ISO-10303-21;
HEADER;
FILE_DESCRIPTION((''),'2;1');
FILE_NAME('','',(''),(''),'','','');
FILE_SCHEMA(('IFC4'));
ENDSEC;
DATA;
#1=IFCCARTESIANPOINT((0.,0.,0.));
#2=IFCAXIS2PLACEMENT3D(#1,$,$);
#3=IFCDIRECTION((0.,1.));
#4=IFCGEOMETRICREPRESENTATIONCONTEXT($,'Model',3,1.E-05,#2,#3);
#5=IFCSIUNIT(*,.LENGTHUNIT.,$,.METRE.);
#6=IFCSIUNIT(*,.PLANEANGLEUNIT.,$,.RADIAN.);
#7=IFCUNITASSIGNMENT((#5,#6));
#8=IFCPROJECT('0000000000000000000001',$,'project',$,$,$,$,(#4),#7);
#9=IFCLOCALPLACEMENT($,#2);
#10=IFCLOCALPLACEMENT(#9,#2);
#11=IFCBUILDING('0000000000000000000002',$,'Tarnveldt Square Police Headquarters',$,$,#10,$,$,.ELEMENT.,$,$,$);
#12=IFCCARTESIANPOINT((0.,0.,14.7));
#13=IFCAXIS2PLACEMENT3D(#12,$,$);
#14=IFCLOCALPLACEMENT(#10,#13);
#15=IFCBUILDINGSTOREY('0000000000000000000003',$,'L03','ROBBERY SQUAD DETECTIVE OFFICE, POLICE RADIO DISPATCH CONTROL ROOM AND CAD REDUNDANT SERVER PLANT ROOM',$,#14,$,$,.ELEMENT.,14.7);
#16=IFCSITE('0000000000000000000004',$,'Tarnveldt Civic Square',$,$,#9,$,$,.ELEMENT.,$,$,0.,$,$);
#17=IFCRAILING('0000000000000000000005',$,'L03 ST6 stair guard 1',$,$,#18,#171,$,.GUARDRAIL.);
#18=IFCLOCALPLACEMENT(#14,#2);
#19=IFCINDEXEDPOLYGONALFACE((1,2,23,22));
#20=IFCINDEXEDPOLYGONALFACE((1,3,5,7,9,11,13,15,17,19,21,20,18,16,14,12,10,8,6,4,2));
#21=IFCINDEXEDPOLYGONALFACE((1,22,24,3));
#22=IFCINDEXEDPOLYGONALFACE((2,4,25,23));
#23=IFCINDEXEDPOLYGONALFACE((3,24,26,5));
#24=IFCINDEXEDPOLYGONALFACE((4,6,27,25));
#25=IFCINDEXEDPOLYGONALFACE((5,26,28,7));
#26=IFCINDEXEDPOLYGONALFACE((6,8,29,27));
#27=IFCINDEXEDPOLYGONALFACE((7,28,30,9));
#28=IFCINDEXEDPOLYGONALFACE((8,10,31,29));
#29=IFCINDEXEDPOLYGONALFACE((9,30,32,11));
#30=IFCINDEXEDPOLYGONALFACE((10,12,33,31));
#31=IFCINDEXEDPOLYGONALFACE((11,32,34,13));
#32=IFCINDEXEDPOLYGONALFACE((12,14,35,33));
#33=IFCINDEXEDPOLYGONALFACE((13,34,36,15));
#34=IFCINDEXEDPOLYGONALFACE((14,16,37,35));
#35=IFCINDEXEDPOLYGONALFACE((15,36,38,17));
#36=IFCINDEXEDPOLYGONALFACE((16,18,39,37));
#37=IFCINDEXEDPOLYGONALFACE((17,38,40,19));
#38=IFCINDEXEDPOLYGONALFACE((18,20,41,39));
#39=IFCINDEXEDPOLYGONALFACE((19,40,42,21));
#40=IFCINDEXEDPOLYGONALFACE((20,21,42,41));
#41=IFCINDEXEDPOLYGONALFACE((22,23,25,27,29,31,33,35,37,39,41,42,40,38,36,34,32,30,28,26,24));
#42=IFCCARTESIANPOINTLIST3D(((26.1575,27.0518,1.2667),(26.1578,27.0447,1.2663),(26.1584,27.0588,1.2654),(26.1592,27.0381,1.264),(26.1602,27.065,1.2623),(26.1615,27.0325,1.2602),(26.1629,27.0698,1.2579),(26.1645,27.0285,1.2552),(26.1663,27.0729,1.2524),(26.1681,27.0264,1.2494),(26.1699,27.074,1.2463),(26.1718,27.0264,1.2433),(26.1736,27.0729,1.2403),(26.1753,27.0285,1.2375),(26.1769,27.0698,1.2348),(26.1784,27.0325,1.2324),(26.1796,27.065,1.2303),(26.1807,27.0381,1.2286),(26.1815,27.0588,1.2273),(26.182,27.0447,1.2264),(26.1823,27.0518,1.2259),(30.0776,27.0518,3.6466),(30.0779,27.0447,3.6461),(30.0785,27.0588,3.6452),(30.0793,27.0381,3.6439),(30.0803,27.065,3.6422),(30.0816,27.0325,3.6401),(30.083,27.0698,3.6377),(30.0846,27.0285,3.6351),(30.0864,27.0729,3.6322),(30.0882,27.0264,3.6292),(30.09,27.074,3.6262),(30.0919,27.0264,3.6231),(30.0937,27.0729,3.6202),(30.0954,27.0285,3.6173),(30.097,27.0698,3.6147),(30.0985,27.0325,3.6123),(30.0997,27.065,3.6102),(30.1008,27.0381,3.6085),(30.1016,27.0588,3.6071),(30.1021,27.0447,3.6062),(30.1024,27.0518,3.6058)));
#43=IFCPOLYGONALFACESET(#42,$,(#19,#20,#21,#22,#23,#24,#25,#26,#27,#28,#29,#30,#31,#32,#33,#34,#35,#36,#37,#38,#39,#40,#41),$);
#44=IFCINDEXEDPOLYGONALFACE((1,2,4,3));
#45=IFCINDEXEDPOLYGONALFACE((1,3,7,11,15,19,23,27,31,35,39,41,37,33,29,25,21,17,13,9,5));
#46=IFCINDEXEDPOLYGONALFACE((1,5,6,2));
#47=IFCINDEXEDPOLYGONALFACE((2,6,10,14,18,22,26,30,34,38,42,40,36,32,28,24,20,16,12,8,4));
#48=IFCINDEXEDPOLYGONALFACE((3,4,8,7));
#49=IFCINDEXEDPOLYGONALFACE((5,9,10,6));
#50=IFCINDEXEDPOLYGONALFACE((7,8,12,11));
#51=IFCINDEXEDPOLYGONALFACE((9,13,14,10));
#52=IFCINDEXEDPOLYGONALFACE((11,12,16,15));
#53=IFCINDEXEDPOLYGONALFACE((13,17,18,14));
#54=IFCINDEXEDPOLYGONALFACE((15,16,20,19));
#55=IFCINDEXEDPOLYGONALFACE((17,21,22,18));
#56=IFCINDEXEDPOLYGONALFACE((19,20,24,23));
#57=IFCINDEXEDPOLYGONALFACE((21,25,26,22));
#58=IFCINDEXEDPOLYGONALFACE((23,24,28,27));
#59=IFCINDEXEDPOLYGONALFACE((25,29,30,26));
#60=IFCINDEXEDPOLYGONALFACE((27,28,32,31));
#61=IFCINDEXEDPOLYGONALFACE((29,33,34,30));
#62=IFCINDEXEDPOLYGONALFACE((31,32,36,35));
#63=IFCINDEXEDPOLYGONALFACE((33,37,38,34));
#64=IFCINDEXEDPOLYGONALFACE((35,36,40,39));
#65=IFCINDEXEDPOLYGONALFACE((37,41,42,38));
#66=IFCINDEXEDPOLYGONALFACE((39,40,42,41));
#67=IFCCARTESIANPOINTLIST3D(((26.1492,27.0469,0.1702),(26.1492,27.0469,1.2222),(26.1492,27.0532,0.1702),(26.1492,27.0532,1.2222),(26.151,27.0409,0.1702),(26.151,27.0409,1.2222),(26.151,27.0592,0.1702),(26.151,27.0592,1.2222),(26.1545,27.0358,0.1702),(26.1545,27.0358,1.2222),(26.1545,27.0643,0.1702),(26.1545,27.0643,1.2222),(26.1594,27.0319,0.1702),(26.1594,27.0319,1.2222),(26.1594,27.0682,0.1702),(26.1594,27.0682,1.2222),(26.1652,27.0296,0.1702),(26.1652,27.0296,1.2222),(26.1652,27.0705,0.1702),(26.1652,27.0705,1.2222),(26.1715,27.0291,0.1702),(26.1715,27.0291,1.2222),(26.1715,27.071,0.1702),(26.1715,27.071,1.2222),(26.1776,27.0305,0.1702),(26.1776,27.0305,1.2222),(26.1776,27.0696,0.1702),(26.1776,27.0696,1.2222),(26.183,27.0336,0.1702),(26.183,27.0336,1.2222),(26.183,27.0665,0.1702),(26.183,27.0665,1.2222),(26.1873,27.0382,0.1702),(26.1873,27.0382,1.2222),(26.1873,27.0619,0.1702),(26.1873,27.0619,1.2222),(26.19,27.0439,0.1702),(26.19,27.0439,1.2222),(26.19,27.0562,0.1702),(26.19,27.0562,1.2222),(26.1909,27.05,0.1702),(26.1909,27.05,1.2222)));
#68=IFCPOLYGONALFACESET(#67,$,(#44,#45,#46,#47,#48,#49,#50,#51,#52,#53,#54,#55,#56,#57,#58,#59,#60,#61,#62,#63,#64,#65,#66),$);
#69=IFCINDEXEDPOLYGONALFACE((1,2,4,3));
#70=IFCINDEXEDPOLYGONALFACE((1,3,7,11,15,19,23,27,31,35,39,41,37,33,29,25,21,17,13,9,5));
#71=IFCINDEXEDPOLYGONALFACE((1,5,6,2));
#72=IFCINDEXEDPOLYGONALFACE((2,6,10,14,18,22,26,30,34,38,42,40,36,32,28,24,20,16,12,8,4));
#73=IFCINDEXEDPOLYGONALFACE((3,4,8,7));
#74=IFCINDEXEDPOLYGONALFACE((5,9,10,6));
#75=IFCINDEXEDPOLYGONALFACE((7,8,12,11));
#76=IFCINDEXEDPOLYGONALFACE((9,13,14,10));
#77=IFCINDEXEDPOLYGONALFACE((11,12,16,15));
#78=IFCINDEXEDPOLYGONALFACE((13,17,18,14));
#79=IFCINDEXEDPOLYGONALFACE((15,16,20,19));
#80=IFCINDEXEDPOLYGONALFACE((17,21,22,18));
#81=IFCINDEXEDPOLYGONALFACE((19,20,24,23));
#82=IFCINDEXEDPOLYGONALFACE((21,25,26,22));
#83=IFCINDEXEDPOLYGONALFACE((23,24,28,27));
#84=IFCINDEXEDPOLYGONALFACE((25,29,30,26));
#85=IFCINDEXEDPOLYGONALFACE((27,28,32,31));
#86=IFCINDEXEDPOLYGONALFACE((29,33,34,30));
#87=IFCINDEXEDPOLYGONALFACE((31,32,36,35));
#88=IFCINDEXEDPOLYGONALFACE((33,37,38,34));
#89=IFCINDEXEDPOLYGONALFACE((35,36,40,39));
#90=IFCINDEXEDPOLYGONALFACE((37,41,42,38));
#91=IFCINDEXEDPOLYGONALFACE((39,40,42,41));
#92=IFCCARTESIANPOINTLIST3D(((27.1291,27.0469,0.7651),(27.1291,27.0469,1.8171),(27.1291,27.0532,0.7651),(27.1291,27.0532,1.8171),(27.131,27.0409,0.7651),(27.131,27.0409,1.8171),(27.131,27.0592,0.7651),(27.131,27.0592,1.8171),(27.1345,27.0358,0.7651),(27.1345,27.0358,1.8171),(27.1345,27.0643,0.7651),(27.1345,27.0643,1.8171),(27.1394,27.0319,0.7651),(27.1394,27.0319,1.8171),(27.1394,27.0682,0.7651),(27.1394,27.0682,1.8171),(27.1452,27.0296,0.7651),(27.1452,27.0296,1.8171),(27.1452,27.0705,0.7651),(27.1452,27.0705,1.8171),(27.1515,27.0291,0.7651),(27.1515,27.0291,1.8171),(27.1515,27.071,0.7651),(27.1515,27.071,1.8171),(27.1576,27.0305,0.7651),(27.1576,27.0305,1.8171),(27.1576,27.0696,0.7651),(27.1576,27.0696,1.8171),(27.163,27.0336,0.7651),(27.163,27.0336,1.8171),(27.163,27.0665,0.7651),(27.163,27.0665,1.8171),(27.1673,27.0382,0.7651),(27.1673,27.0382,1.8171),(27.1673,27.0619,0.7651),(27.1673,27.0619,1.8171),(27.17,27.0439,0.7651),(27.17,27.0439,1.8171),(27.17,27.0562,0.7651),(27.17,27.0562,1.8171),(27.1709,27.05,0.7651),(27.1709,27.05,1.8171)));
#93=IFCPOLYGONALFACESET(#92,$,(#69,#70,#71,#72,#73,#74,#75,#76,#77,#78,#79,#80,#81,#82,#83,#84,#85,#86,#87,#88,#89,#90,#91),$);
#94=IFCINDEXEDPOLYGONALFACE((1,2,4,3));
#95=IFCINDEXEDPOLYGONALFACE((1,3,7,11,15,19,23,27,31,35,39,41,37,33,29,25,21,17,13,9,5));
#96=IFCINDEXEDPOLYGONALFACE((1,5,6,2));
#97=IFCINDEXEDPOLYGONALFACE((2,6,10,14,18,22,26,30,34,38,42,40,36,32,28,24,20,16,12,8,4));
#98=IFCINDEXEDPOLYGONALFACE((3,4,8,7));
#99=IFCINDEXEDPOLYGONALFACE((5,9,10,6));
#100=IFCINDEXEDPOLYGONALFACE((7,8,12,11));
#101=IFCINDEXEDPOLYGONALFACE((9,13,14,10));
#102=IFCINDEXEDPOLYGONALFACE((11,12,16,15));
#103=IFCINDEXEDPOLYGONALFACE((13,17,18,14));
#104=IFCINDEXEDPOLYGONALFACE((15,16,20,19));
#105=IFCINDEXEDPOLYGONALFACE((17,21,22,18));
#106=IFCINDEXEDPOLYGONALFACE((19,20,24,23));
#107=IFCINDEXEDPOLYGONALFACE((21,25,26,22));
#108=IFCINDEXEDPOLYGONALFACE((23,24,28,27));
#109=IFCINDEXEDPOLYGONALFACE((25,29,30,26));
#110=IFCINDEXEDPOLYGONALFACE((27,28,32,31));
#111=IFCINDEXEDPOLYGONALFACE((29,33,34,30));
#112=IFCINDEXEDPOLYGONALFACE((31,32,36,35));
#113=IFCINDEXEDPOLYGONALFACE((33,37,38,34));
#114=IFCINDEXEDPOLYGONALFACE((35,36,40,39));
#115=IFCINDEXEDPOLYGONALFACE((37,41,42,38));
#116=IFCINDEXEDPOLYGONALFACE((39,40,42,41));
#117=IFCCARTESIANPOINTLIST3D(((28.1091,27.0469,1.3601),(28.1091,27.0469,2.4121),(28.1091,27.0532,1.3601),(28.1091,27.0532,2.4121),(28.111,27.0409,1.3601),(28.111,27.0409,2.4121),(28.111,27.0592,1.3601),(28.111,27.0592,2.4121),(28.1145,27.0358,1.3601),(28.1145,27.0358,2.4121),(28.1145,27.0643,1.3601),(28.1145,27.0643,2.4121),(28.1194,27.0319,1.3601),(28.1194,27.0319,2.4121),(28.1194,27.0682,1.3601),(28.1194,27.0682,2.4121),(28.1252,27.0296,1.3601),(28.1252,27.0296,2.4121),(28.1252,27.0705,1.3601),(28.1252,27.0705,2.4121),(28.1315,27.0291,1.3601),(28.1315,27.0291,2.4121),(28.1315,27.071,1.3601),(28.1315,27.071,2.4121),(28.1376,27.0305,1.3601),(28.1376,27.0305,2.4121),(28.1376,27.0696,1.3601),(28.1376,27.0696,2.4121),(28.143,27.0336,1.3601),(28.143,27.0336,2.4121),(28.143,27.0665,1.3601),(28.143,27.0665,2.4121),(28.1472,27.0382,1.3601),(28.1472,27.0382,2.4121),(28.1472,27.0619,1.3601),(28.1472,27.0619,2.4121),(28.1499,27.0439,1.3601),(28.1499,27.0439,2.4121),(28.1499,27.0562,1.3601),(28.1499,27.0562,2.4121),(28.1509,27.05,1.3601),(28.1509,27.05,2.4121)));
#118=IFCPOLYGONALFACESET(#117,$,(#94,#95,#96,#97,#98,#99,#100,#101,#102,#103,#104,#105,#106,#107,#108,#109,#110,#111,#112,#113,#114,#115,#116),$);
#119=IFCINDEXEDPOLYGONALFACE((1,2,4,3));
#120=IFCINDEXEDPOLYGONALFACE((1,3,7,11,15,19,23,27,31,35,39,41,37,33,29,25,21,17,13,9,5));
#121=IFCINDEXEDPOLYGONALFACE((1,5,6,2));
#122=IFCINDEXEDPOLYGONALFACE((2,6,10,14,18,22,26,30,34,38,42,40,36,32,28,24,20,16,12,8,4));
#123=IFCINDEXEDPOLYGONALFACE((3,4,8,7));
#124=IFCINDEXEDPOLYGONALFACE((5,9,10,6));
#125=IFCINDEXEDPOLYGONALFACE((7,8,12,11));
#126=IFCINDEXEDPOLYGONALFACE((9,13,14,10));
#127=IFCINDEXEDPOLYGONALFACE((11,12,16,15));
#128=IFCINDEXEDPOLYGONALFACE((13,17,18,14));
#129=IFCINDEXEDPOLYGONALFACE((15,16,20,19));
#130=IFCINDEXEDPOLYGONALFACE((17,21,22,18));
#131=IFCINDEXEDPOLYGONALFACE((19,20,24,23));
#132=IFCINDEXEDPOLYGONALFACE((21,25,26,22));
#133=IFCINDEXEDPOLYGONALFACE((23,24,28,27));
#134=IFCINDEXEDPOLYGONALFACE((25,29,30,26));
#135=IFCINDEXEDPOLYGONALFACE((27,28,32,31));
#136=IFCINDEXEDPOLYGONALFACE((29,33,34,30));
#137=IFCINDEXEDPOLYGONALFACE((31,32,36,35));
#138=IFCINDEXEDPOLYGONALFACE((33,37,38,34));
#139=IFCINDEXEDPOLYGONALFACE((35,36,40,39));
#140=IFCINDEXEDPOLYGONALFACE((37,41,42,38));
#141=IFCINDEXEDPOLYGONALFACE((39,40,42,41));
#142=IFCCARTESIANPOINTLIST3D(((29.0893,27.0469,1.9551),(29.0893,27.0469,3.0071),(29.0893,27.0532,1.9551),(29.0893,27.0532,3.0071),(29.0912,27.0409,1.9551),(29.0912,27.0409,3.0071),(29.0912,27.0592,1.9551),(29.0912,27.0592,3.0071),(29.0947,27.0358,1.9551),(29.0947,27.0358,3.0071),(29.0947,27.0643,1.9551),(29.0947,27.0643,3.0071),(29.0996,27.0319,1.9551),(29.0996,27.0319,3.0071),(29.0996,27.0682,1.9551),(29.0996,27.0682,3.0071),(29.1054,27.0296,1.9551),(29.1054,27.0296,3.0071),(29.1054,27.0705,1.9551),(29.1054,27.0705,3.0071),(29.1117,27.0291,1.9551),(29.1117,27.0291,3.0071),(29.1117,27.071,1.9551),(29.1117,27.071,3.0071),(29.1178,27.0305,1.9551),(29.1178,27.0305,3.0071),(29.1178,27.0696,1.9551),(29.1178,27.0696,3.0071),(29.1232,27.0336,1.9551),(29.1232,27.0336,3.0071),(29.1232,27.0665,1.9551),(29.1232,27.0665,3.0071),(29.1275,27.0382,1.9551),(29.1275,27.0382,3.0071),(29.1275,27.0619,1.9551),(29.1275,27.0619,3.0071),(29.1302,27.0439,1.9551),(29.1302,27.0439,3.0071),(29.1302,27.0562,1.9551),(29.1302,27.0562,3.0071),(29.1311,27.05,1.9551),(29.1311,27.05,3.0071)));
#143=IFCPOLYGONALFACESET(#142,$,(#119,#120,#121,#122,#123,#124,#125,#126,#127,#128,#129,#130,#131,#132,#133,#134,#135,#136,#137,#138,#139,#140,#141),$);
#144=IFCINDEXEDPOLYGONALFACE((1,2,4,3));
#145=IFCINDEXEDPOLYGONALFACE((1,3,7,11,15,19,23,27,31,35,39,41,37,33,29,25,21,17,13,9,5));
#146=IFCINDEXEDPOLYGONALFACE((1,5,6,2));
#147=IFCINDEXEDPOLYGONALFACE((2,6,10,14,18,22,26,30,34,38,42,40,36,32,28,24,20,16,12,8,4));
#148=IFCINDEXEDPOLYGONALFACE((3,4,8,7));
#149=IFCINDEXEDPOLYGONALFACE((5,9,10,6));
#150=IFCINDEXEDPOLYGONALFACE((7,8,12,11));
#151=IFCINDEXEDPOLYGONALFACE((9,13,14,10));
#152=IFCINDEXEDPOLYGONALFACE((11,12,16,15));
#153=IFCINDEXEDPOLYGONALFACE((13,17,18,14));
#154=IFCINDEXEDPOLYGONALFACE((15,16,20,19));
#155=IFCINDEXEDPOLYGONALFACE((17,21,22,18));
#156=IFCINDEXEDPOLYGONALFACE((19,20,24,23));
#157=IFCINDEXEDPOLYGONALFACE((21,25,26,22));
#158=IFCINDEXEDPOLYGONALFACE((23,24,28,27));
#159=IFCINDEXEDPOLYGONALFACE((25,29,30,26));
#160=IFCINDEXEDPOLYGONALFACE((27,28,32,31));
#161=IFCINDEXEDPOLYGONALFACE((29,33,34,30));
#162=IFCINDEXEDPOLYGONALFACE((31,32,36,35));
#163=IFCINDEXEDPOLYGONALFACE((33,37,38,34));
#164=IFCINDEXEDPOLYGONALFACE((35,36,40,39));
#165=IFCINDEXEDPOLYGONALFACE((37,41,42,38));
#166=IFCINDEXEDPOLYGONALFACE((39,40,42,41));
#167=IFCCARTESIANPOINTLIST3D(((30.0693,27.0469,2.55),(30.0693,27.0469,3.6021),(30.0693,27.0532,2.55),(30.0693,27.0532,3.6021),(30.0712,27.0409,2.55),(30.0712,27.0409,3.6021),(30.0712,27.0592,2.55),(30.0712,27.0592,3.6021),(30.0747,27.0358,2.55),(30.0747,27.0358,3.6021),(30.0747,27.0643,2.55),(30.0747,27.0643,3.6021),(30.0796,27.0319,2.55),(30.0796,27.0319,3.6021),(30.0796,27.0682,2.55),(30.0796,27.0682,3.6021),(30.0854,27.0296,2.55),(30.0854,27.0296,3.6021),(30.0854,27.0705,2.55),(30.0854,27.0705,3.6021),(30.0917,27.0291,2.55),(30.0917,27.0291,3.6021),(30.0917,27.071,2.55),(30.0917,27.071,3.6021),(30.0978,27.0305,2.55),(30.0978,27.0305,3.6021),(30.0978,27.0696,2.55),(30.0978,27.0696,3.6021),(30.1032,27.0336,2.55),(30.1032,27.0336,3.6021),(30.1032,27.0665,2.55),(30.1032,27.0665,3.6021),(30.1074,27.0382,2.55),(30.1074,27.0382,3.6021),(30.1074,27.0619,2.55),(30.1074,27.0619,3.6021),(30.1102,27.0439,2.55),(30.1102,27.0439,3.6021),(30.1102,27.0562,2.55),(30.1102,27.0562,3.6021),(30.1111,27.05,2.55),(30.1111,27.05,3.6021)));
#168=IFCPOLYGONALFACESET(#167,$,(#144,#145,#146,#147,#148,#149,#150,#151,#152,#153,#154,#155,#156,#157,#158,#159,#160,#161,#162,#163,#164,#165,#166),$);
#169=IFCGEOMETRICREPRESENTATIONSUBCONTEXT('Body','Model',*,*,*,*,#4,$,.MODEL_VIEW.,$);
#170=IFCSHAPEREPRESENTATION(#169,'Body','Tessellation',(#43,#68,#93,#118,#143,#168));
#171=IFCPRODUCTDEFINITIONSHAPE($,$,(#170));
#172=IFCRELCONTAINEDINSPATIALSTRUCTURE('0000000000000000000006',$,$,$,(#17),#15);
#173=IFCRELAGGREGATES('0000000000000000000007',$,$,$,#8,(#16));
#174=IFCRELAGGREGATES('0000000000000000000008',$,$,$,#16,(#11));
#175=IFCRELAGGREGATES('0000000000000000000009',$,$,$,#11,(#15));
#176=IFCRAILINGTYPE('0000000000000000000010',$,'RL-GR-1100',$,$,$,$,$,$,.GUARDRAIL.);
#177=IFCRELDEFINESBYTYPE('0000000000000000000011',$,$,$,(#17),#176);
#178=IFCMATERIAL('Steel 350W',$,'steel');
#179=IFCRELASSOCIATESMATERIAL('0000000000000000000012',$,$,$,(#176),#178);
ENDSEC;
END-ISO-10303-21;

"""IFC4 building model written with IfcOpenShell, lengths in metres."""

from ifc_helpers import new_model, si_unit, direction, frame, origin, origin_2d, place, context, subcontext, project, spatial, circle, extrude, material, type_object, element, save


model = new_model("IFC4")

# Units and contexts
model_context = context("Model", 3, precision=1e-05, world=origin(), true_north=direction((0.0, 1.0)))
body_context = subcontext(model_context, "Body", "Model", "MODEL_VIEW")
ifc_project = project(units=[si_unit("LENGTHUNIT", "METRE"), si_unit("PLANEANGLEUNIT", "RADIAN")], contexts=[model_context])

# Site, building, storey
site_placement = place(None, origin())
site = spatial("IfcSite", under=ifc_project, at=site_placement, Name="Tarnveldt Civic Square", CompositionType="ELEMENT", RefElevation=0.0)
building_placement = place(site_placement, origin())
building = spatial("IfcBuilding", under=site, at=building_placement, Name="Tarnveldt Square Police Headquarters", CompositionType="ELEMENT")
storey_placement = place(building_placement, frame((0.0, 0.0, 14.7)))
storey = spatial("IfcBuildingStorey", under=building, at=storey_placement, Name="L03", Description="ROBBERY SQUAD DETECTIVE OFFICE, POLICE RADIO DISPATCH CONTROL ROOM AND CAD REDUNDANT SERVER PLANT ROOM", CompositionType="ELEMENT", Elevation=14.7)

# Shared definitions
ifc_material_1 = material(Name="Steel 350W", Category="steel")

# Railing
railing_type_1 = type_object("IfcRailingType", Name="RL-GR-1100", PredefinedType="GUARDRAIL", material=ifc_material_1)
railing_1_placement = place(storey_placement, frame((26.1699, 27.05, 0.1702)))
element("IfcRailing", 1, at=railing_1_placement, inside=storey, type_object=railing_type_1, Name="L03 ST6 stair guard 1", PredefinedType="GUARDRAIL", context=body_context, shape_type="SweptSolid", body=[
    extrude(circle(Radius=0.0239, at=origin_2d()), frame((0.0, 0.0, 1.0762), z_axis=(0.854809, 0.0, 0.518943), x_axis=(0.0, 1.0, 0.0)), (0.0, 0.0, 1.0), 4.5859),
    extrude(circle(Radius=0.021, at=origin_2d()), origin(), (0.0, 0.0, 1.0), 1.052),
    extrude(circle(Radius=0.021, at=origin_2d()), frame((0.98, 0.0, 0.595)), (0.0, 0.0, 1.0), 1.052),
    extrude(circle(Radius=0.021, at=origin_2d()), frame((1.96, 0.0, 1.1899)), (0.0, 0.0, 1.0), 1.052),
    extrude(circle(Radius=0.021, at=origin_2d()), frame((2.9402, 0.0, 1.7849)), (0.0, 0.0, 1.0), 1.052),
    extrude(circle(Radius=0.021, at=origin_2d()), frame((3.9202, 0.0, 2.3799)), (0.0, 0.0, 1.0), 1.052),
])

save(model, "model.ifc")
